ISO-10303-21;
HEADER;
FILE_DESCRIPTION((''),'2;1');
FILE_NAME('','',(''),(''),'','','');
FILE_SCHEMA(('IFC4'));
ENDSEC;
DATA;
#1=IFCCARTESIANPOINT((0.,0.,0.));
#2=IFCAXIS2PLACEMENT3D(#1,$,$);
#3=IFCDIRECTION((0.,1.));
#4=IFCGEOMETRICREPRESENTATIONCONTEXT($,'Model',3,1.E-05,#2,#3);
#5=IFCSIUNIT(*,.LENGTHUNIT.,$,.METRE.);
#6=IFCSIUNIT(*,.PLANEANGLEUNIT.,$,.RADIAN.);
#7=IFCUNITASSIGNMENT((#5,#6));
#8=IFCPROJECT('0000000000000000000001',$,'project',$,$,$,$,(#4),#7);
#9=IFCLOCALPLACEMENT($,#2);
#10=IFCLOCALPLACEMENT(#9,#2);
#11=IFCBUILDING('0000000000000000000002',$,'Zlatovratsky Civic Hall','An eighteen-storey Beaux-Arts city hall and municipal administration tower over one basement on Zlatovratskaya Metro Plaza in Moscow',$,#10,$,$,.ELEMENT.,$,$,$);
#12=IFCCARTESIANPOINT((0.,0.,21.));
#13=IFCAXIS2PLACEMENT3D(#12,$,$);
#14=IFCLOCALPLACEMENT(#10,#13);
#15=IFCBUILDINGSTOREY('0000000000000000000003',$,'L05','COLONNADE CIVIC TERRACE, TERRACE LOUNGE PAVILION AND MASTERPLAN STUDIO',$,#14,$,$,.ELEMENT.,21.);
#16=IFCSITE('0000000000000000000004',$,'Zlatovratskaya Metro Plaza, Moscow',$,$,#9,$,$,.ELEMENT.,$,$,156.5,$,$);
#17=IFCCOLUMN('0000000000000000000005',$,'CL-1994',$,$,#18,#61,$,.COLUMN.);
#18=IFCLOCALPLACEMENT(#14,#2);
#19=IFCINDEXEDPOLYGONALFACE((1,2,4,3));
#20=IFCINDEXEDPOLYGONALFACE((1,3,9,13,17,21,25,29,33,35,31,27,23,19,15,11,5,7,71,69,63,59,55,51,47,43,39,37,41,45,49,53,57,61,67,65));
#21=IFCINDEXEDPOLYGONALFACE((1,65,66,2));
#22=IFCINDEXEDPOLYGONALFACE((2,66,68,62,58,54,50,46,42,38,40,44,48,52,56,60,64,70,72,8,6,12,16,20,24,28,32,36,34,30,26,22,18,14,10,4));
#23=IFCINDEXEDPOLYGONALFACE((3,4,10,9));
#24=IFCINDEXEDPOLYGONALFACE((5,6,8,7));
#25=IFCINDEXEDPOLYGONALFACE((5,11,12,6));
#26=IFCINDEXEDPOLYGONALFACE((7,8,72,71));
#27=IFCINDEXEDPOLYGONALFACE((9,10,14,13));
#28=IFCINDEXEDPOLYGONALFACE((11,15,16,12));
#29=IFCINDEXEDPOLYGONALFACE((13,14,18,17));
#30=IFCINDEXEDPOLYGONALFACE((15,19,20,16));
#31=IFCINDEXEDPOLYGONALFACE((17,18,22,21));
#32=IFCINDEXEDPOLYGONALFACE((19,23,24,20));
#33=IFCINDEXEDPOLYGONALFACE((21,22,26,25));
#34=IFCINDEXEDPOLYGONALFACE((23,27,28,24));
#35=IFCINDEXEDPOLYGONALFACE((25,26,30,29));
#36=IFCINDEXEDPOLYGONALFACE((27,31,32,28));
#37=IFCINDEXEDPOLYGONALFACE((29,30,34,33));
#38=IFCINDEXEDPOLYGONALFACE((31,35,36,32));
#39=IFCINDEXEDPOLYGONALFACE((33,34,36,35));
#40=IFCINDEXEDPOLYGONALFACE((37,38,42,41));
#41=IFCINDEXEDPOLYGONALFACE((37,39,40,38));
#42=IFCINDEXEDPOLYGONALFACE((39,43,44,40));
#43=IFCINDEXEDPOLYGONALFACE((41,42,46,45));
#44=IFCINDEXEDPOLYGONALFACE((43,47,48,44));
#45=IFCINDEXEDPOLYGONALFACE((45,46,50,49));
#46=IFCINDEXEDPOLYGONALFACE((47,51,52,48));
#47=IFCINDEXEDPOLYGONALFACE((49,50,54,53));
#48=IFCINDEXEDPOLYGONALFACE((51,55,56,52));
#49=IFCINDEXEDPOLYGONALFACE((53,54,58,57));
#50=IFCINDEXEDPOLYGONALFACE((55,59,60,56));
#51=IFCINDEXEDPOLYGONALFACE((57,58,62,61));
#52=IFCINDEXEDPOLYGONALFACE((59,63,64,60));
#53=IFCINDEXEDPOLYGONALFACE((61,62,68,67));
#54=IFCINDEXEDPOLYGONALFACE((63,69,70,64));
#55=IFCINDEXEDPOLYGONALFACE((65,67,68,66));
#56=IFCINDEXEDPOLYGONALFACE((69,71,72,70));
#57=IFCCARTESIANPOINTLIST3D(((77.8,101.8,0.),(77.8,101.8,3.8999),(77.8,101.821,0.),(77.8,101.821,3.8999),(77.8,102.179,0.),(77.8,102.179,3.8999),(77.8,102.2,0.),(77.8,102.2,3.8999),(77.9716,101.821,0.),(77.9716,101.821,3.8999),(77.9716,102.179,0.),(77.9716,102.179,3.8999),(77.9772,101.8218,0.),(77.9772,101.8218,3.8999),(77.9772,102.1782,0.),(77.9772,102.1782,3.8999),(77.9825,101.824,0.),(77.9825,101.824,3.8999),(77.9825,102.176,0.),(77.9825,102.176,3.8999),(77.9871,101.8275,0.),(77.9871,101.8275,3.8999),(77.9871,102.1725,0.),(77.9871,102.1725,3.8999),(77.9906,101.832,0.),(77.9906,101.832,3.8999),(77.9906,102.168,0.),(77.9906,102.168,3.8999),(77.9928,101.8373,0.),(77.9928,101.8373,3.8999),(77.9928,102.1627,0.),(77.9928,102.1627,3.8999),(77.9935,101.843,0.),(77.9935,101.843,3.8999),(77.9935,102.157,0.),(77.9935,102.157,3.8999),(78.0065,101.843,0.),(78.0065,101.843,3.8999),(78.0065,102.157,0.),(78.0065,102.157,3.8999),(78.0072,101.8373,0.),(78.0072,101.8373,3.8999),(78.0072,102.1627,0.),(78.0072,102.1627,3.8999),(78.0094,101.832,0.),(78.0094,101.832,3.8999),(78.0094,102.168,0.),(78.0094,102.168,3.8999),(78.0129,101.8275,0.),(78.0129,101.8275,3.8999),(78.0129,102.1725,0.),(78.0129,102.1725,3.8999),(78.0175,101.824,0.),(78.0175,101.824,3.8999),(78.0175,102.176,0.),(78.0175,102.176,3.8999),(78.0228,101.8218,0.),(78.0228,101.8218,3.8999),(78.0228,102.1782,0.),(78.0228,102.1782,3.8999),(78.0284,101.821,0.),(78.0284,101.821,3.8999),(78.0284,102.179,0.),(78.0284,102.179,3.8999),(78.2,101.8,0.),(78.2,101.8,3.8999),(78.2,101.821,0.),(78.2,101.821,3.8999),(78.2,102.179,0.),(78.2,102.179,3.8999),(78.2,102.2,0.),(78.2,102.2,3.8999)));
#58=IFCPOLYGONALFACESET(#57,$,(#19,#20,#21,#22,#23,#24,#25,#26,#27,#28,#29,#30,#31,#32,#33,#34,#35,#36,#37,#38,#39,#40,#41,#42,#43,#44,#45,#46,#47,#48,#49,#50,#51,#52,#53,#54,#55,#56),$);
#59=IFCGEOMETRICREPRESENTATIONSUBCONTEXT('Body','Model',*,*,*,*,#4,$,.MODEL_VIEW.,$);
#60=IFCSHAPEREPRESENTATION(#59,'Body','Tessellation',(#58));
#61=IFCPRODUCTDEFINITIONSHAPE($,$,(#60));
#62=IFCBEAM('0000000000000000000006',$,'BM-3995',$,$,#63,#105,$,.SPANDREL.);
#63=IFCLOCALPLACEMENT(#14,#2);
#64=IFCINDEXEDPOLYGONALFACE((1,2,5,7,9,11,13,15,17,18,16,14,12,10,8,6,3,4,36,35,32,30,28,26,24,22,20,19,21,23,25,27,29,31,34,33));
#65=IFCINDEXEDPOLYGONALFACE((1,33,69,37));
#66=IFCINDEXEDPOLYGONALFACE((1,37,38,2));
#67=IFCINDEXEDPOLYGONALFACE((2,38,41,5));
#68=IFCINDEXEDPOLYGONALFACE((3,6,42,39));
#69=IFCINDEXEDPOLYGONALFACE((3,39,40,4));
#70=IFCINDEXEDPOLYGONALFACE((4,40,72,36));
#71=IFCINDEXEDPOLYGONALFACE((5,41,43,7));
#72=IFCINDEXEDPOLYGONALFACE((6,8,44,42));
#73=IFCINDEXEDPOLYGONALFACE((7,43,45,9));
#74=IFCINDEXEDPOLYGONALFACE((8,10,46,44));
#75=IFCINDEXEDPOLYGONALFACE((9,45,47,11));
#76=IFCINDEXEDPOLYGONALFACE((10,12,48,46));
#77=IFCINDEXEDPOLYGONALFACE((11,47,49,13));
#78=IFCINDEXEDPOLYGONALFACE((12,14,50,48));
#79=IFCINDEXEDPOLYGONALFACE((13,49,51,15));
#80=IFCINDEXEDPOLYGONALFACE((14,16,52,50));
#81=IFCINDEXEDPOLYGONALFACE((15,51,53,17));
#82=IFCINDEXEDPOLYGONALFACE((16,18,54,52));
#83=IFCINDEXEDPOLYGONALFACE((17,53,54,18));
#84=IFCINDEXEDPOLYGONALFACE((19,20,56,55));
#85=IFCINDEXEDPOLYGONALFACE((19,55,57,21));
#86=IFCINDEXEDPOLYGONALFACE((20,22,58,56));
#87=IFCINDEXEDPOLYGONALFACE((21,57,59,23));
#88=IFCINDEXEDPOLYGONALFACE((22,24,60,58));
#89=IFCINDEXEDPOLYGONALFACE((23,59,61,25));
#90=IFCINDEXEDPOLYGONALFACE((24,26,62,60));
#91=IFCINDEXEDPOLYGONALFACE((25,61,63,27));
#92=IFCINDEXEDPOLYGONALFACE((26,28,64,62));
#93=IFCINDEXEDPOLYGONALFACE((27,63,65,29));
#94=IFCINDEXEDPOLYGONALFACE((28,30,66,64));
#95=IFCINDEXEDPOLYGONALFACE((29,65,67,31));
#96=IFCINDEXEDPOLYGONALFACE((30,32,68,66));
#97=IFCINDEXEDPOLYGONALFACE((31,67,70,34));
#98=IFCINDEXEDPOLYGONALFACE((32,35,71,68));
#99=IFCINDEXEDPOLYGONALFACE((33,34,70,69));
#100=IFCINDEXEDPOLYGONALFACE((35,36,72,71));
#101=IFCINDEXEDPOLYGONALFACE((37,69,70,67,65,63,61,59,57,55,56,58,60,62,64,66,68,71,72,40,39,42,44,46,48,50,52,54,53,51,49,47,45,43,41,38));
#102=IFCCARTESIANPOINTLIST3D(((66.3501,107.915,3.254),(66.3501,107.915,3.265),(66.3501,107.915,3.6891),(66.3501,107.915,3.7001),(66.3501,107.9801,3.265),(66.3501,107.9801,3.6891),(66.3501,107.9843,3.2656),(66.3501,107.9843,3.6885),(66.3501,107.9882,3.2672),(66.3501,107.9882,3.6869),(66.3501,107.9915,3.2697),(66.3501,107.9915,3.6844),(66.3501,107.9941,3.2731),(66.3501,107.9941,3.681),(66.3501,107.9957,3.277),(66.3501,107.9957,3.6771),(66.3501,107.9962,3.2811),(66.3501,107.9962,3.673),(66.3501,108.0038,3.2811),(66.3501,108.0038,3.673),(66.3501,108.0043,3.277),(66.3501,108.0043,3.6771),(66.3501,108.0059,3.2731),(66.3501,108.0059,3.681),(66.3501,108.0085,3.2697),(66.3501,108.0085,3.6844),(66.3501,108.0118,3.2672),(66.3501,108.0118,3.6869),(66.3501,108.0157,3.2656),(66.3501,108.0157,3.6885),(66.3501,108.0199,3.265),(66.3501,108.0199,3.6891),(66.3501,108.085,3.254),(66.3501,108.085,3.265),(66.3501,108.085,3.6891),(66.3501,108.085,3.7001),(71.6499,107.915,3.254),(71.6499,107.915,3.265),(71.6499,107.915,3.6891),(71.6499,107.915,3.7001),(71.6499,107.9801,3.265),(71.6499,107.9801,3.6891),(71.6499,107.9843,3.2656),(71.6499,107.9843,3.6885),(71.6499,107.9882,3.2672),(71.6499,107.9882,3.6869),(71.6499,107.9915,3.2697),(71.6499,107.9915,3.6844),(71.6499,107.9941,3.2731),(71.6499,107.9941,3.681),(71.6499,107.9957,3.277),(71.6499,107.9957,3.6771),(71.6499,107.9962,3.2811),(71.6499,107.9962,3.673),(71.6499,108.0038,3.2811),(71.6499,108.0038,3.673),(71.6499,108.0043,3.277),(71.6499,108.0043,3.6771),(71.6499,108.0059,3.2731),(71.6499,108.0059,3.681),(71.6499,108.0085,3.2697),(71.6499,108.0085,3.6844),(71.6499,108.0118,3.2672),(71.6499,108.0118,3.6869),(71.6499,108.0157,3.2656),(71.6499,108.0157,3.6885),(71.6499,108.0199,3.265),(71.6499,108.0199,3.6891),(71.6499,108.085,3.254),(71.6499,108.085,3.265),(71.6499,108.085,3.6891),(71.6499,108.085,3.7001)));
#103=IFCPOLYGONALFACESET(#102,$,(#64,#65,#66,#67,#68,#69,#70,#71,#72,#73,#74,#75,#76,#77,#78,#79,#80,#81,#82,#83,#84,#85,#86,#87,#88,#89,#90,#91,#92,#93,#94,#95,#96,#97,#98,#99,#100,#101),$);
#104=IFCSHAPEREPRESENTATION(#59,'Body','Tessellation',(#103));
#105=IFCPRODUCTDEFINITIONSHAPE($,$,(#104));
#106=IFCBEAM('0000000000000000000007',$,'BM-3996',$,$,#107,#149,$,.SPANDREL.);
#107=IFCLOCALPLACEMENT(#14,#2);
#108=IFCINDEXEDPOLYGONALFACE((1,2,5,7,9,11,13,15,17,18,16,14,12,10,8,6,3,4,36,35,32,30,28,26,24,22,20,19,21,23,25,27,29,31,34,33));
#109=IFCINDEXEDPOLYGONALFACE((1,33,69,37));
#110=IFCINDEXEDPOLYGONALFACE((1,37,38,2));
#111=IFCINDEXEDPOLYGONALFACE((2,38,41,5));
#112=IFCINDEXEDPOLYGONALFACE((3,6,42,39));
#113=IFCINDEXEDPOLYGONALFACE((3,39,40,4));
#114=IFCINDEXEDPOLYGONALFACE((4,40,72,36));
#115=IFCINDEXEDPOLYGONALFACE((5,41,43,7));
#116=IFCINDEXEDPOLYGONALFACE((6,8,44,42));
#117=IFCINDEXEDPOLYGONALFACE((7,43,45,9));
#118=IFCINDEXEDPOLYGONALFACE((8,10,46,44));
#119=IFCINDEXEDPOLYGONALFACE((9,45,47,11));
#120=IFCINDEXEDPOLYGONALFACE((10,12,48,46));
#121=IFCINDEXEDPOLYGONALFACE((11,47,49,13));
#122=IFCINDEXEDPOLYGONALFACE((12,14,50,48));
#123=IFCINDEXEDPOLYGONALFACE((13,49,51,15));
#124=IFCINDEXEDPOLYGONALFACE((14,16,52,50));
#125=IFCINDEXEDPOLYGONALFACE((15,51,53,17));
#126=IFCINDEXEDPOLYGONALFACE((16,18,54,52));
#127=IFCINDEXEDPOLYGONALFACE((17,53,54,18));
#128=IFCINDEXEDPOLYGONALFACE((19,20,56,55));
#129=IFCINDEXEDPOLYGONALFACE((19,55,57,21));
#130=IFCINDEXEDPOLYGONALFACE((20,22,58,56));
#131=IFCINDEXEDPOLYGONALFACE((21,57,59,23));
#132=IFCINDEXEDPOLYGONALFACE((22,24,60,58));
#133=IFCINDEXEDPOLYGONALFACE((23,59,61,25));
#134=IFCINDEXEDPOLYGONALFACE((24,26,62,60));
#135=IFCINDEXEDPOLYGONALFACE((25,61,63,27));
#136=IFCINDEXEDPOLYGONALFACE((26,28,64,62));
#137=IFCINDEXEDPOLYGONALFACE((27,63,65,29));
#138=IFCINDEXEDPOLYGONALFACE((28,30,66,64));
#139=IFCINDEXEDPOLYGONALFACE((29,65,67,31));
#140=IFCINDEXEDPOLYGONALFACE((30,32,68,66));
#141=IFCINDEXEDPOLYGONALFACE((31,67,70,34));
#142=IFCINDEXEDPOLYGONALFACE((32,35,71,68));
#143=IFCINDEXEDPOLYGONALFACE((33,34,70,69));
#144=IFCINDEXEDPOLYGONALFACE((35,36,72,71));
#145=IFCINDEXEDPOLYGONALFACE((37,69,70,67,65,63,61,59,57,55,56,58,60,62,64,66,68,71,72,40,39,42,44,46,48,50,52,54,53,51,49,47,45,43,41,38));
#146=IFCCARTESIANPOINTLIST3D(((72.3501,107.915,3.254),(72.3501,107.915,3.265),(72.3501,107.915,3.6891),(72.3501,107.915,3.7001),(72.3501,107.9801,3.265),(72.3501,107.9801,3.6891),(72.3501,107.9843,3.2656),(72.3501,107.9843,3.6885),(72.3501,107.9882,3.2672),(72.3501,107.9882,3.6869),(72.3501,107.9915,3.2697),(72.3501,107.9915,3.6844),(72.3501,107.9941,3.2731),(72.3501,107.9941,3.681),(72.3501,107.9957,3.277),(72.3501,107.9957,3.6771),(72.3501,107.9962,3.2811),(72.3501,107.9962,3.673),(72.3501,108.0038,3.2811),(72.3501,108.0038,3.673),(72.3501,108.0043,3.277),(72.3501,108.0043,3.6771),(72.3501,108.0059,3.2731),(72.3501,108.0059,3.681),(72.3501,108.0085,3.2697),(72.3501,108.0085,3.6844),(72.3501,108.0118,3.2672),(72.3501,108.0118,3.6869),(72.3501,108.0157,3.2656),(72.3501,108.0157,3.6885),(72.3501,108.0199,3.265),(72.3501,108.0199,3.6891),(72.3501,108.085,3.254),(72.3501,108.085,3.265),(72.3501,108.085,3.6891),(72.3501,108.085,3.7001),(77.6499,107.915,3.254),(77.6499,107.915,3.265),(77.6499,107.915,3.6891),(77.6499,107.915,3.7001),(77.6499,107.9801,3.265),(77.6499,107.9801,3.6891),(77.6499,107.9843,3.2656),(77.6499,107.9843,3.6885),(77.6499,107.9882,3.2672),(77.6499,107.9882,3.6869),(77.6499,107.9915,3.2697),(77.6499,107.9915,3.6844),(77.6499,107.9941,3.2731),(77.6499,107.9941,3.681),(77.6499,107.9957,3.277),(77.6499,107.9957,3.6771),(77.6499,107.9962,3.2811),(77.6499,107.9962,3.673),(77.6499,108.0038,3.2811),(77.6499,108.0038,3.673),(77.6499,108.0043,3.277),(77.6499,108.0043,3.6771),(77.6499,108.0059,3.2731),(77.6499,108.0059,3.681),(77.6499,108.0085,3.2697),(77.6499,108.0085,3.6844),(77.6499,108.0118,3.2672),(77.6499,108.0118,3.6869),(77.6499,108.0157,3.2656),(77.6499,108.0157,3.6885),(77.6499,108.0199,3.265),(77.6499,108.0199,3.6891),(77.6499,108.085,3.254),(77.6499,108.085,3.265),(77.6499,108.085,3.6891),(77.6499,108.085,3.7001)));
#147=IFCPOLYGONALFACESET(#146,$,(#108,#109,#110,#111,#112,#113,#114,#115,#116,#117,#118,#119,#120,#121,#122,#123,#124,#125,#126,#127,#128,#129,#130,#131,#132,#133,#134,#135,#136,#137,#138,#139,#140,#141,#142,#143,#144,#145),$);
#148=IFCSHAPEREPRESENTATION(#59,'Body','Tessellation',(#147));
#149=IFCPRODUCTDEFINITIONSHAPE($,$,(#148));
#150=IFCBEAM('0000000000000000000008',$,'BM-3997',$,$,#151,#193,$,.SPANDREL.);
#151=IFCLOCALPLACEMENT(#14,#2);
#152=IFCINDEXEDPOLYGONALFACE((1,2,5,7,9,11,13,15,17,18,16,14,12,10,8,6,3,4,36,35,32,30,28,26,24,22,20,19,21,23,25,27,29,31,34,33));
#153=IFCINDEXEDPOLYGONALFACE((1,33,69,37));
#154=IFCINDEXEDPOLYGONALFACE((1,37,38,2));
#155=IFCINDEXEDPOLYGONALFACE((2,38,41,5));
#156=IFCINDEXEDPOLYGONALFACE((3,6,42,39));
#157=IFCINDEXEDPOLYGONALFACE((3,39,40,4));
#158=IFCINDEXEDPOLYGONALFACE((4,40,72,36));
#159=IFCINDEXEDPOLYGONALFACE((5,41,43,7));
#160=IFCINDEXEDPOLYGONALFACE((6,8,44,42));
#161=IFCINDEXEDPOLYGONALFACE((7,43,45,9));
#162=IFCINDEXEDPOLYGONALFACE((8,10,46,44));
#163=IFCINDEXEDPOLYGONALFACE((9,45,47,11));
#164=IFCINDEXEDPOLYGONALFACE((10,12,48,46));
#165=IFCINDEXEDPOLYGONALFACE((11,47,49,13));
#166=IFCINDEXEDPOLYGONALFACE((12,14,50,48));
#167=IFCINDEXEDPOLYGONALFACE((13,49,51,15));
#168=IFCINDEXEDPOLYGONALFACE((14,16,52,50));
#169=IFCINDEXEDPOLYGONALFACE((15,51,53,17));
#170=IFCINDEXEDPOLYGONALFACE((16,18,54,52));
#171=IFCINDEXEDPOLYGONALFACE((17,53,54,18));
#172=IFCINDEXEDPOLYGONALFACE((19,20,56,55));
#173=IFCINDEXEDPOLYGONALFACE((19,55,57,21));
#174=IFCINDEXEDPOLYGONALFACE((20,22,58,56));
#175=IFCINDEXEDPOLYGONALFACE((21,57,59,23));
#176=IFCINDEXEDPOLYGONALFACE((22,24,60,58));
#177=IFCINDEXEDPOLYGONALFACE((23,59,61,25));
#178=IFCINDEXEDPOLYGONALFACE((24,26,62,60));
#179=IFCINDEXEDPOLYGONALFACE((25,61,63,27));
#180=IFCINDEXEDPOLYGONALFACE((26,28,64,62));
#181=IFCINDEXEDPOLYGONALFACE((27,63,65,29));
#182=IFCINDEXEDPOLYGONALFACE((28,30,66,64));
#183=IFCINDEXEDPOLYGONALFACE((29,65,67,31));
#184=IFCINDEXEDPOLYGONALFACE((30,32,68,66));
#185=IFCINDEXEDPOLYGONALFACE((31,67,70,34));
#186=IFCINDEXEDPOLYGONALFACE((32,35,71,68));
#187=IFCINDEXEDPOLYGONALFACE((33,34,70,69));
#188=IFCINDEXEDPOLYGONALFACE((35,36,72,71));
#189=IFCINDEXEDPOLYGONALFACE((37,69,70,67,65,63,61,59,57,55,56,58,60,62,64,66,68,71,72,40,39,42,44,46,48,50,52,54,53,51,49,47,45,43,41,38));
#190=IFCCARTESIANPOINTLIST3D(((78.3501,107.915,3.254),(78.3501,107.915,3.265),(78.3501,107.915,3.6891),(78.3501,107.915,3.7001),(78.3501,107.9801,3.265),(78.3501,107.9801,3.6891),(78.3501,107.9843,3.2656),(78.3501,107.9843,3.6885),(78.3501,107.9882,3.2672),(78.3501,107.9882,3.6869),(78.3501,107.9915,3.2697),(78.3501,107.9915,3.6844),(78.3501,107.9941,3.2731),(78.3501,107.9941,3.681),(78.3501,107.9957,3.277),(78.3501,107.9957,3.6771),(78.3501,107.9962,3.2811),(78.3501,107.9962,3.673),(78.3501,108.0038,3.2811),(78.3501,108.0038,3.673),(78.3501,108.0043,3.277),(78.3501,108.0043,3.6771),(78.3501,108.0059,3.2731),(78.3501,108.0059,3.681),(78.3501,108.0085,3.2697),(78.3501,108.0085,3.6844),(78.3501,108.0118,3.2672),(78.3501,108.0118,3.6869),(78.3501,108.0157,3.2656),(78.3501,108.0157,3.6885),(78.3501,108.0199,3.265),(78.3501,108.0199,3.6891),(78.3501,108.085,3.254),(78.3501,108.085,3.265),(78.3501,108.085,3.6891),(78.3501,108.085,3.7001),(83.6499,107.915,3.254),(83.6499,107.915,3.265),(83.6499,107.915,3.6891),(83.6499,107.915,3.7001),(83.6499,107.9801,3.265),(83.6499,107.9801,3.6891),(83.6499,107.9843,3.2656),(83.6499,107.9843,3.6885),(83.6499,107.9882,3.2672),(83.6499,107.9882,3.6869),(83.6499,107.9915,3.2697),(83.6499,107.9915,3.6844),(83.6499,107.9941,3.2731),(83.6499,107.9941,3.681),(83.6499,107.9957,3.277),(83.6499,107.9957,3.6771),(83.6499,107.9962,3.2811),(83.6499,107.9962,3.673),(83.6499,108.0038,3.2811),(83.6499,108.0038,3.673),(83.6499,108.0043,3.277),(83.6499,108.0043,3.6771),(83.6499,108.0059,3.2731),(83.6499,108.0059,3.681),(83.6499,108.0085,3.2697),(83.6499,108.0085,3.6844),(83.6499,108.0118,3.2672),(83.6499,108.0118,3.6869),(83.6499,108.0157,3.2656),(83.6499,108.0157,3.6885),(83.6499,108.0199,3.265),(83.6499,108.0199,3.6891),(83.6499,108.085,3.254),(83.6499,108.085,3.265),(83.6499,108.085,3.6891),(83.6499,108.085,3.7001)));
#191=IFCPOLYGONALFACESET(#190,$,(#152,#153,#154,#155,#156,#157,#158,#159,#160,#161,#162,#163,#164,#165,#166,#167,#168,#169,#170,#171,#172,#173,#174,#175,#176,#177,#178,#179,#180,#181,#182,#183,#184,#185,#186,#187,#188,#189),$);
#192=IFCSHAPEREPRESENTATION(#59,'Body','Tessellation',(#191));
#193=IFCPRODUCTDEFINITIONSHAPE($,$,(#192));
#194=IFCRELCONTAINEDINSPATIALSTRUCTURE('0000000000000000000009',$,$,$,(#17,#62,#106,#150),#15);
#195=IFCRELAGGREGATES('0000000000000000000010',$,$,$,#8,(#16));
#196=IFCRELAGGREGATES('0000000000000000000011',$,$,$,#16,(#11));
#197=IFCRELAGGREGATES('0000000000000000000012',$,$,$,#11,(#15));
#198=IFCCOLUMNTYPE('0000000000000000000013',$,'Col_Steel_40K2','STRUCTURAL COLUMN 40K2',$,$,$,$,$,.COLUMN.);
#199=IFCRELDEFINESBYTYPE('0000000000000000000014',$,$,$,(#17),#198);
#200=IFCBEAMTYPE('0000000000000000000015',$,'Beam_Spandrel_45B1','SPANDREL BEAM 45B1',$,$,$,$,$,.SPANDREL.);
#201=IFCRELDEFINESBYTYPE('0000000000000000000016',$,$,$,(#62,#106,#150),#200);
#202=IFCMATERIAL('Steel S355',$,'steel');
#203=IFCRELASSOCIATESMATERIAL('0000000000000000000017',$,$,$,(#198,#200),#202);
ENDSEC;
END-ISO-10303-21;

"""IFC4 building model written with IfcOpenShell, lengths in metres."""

from ifc_helpers import new_model, si_unit, direction, frame, origin, origin_2d, place, context, subcontext, project, spatial, i_section, extrude, material, material_profile, profile_set, type_object, element, save


model = new_model("IFC4")

# Units and contexts
model_context = context("Model", 3, precision=1e-05, world=origin(), true_north=direction((0.0, 1.0)))
body_context = subcontext(model_context, "Body", "Model", "MODEL_VIEW")
ifc_project = project(units=[si_unit("LENGTHUNIT", "METRE"), si_unit("PLANEANGLEUNIT", "RADIAN")], contexts=[model_context])

# Site, building, storey
site_placement = place(None, origin())
site = spatial("IfcSite", under=ifc_project, at=site_placement, Name="Zlatovratskaya Metro Plaza, Moscow", CompositionType="ELEMENT", RefElevation=156.5)
building_placement = place(site_placement, origin())
building = spatial("IfcBuilding", under=site, at=building_placement, Name="Zlatovratsky Civic Hall", Description="An eighteen-storey Beaux-Arts city hall and municipal administration tower over one basement on Zlatovratskaya Metro Plaza in Moscow", CompositionType="ELEMENT")
storey_placement = place(building_placement, frame((0.0, 0.0, 21.0)))
storey = spatial("IfcBuildingStorey", under=building, at=storey_placement, Name="L05", Description="COLONNADE CIVIC TERRACE, TERRACE LOUNGE PAVILION AND MASTERPLAN STUDIO", CompositionType="ELEMENT", Elevation=21.0)

# Column
ifc_material_1 = material(Name="Steel S355", Category="steel")
ifc_material_profile_1 = material_profile(ifc_material_1, i_section(OverallWidth=0.3999, OverallDepth=0.3999, WebThickness=0.0129, FlangeThickness=0.021, FilletRadius=0.022, at=origin_2d()), Name="40K2")
ifc_profile_set_1 = profile_set([ifc_material_profile_1], Name="Steel S355")
column_type_1 = type_object("IfcColumnType", Name="Col_Steel_40K2", Description="STRUCTURAL COLUMN 40K2", PredefinedType="COLUMN", material=ifc_profile_set_1)
for number, where, z_axis, x_axis, name in (
    (1, (78.0, 102.0, 0.0), (0.0, 0.0, 1.0), (1.0, 0.0, 0.0), "CL-1994"),
):
    element("IfcColumn", number, at=place(storey_placement, frame(where, z_axis=z_axis, x_axis=x_axis)), inside=storey, type_object=column_type_1, Name=name, PredefinedType="COLUMN", context=body_context, shape_type="SweptSolid", body=[
        extrude(i_section(OverallWidth=0.3999, OverallDepth=0.3999, WebThickness=0.0129, FlangeThickness=0.021, FilletRadius=0.022, at=origin_2d()), origin(), (0.0, 0.0, 1.0), 3.8999),
    ])

# Beams
ifc_material_profile_2 = material_profile(ifc_material_1, i_section(OverallWidth=0.1699, OverallDepth=0.446, WebThickness=0.0076, FlangeThickness=0.011, FilletRadius=0.0161, at=origin_2d()), Name="45B1")
ifc_profile_set_2 = profile_set([ifc_material_profile_2], Name="Steel S355")
beam_type_1 = type_object("IfcBeamType", Name="Beam_Spandrel_45B1", Description="SPANDREL BEAM 45B1", PredefinedType="SPANDREL", material=ifc_profile_set_2)
for number, where, z_axis, x_axis, name in (
    (2, (66.3501, 108.0, 3.4771), (1.0, 0.0, 0.0), (0.0, 1.0, 0.0), "BM-3995"),
    (3, (72.3501, 108.0, 3.4771), (1.0, 0.0, 0.0), (0.0, 1.0, 0.0), "BM-3996"),
    (4, (78.3501, 108.0, 3.4771), (1.0, 0.0, 0.0), (0.0, 1.0, 0.0), "BM-3997"),
):
    element("IfcBeam", number, at=place(storey_placement, frame(where, z_axis=z_axis, x_axis=x_axis)), inside=storey, type_object=beam_type_1, Name=name, PredefinedType="SPANDREL", context=body_context, shape_type="SweptSolid", body=[
        extrude(i_section(OverallWidth=0.1699, OverallDepth=0.446, WebThickness=0.0076, FlangeThickness=0.011, FilletRadius=0.0161, at=origin_2d()), origin(), (0.0, 0.0, 1.0), 5.2998),
    ])

save(model, "model.ifc")
